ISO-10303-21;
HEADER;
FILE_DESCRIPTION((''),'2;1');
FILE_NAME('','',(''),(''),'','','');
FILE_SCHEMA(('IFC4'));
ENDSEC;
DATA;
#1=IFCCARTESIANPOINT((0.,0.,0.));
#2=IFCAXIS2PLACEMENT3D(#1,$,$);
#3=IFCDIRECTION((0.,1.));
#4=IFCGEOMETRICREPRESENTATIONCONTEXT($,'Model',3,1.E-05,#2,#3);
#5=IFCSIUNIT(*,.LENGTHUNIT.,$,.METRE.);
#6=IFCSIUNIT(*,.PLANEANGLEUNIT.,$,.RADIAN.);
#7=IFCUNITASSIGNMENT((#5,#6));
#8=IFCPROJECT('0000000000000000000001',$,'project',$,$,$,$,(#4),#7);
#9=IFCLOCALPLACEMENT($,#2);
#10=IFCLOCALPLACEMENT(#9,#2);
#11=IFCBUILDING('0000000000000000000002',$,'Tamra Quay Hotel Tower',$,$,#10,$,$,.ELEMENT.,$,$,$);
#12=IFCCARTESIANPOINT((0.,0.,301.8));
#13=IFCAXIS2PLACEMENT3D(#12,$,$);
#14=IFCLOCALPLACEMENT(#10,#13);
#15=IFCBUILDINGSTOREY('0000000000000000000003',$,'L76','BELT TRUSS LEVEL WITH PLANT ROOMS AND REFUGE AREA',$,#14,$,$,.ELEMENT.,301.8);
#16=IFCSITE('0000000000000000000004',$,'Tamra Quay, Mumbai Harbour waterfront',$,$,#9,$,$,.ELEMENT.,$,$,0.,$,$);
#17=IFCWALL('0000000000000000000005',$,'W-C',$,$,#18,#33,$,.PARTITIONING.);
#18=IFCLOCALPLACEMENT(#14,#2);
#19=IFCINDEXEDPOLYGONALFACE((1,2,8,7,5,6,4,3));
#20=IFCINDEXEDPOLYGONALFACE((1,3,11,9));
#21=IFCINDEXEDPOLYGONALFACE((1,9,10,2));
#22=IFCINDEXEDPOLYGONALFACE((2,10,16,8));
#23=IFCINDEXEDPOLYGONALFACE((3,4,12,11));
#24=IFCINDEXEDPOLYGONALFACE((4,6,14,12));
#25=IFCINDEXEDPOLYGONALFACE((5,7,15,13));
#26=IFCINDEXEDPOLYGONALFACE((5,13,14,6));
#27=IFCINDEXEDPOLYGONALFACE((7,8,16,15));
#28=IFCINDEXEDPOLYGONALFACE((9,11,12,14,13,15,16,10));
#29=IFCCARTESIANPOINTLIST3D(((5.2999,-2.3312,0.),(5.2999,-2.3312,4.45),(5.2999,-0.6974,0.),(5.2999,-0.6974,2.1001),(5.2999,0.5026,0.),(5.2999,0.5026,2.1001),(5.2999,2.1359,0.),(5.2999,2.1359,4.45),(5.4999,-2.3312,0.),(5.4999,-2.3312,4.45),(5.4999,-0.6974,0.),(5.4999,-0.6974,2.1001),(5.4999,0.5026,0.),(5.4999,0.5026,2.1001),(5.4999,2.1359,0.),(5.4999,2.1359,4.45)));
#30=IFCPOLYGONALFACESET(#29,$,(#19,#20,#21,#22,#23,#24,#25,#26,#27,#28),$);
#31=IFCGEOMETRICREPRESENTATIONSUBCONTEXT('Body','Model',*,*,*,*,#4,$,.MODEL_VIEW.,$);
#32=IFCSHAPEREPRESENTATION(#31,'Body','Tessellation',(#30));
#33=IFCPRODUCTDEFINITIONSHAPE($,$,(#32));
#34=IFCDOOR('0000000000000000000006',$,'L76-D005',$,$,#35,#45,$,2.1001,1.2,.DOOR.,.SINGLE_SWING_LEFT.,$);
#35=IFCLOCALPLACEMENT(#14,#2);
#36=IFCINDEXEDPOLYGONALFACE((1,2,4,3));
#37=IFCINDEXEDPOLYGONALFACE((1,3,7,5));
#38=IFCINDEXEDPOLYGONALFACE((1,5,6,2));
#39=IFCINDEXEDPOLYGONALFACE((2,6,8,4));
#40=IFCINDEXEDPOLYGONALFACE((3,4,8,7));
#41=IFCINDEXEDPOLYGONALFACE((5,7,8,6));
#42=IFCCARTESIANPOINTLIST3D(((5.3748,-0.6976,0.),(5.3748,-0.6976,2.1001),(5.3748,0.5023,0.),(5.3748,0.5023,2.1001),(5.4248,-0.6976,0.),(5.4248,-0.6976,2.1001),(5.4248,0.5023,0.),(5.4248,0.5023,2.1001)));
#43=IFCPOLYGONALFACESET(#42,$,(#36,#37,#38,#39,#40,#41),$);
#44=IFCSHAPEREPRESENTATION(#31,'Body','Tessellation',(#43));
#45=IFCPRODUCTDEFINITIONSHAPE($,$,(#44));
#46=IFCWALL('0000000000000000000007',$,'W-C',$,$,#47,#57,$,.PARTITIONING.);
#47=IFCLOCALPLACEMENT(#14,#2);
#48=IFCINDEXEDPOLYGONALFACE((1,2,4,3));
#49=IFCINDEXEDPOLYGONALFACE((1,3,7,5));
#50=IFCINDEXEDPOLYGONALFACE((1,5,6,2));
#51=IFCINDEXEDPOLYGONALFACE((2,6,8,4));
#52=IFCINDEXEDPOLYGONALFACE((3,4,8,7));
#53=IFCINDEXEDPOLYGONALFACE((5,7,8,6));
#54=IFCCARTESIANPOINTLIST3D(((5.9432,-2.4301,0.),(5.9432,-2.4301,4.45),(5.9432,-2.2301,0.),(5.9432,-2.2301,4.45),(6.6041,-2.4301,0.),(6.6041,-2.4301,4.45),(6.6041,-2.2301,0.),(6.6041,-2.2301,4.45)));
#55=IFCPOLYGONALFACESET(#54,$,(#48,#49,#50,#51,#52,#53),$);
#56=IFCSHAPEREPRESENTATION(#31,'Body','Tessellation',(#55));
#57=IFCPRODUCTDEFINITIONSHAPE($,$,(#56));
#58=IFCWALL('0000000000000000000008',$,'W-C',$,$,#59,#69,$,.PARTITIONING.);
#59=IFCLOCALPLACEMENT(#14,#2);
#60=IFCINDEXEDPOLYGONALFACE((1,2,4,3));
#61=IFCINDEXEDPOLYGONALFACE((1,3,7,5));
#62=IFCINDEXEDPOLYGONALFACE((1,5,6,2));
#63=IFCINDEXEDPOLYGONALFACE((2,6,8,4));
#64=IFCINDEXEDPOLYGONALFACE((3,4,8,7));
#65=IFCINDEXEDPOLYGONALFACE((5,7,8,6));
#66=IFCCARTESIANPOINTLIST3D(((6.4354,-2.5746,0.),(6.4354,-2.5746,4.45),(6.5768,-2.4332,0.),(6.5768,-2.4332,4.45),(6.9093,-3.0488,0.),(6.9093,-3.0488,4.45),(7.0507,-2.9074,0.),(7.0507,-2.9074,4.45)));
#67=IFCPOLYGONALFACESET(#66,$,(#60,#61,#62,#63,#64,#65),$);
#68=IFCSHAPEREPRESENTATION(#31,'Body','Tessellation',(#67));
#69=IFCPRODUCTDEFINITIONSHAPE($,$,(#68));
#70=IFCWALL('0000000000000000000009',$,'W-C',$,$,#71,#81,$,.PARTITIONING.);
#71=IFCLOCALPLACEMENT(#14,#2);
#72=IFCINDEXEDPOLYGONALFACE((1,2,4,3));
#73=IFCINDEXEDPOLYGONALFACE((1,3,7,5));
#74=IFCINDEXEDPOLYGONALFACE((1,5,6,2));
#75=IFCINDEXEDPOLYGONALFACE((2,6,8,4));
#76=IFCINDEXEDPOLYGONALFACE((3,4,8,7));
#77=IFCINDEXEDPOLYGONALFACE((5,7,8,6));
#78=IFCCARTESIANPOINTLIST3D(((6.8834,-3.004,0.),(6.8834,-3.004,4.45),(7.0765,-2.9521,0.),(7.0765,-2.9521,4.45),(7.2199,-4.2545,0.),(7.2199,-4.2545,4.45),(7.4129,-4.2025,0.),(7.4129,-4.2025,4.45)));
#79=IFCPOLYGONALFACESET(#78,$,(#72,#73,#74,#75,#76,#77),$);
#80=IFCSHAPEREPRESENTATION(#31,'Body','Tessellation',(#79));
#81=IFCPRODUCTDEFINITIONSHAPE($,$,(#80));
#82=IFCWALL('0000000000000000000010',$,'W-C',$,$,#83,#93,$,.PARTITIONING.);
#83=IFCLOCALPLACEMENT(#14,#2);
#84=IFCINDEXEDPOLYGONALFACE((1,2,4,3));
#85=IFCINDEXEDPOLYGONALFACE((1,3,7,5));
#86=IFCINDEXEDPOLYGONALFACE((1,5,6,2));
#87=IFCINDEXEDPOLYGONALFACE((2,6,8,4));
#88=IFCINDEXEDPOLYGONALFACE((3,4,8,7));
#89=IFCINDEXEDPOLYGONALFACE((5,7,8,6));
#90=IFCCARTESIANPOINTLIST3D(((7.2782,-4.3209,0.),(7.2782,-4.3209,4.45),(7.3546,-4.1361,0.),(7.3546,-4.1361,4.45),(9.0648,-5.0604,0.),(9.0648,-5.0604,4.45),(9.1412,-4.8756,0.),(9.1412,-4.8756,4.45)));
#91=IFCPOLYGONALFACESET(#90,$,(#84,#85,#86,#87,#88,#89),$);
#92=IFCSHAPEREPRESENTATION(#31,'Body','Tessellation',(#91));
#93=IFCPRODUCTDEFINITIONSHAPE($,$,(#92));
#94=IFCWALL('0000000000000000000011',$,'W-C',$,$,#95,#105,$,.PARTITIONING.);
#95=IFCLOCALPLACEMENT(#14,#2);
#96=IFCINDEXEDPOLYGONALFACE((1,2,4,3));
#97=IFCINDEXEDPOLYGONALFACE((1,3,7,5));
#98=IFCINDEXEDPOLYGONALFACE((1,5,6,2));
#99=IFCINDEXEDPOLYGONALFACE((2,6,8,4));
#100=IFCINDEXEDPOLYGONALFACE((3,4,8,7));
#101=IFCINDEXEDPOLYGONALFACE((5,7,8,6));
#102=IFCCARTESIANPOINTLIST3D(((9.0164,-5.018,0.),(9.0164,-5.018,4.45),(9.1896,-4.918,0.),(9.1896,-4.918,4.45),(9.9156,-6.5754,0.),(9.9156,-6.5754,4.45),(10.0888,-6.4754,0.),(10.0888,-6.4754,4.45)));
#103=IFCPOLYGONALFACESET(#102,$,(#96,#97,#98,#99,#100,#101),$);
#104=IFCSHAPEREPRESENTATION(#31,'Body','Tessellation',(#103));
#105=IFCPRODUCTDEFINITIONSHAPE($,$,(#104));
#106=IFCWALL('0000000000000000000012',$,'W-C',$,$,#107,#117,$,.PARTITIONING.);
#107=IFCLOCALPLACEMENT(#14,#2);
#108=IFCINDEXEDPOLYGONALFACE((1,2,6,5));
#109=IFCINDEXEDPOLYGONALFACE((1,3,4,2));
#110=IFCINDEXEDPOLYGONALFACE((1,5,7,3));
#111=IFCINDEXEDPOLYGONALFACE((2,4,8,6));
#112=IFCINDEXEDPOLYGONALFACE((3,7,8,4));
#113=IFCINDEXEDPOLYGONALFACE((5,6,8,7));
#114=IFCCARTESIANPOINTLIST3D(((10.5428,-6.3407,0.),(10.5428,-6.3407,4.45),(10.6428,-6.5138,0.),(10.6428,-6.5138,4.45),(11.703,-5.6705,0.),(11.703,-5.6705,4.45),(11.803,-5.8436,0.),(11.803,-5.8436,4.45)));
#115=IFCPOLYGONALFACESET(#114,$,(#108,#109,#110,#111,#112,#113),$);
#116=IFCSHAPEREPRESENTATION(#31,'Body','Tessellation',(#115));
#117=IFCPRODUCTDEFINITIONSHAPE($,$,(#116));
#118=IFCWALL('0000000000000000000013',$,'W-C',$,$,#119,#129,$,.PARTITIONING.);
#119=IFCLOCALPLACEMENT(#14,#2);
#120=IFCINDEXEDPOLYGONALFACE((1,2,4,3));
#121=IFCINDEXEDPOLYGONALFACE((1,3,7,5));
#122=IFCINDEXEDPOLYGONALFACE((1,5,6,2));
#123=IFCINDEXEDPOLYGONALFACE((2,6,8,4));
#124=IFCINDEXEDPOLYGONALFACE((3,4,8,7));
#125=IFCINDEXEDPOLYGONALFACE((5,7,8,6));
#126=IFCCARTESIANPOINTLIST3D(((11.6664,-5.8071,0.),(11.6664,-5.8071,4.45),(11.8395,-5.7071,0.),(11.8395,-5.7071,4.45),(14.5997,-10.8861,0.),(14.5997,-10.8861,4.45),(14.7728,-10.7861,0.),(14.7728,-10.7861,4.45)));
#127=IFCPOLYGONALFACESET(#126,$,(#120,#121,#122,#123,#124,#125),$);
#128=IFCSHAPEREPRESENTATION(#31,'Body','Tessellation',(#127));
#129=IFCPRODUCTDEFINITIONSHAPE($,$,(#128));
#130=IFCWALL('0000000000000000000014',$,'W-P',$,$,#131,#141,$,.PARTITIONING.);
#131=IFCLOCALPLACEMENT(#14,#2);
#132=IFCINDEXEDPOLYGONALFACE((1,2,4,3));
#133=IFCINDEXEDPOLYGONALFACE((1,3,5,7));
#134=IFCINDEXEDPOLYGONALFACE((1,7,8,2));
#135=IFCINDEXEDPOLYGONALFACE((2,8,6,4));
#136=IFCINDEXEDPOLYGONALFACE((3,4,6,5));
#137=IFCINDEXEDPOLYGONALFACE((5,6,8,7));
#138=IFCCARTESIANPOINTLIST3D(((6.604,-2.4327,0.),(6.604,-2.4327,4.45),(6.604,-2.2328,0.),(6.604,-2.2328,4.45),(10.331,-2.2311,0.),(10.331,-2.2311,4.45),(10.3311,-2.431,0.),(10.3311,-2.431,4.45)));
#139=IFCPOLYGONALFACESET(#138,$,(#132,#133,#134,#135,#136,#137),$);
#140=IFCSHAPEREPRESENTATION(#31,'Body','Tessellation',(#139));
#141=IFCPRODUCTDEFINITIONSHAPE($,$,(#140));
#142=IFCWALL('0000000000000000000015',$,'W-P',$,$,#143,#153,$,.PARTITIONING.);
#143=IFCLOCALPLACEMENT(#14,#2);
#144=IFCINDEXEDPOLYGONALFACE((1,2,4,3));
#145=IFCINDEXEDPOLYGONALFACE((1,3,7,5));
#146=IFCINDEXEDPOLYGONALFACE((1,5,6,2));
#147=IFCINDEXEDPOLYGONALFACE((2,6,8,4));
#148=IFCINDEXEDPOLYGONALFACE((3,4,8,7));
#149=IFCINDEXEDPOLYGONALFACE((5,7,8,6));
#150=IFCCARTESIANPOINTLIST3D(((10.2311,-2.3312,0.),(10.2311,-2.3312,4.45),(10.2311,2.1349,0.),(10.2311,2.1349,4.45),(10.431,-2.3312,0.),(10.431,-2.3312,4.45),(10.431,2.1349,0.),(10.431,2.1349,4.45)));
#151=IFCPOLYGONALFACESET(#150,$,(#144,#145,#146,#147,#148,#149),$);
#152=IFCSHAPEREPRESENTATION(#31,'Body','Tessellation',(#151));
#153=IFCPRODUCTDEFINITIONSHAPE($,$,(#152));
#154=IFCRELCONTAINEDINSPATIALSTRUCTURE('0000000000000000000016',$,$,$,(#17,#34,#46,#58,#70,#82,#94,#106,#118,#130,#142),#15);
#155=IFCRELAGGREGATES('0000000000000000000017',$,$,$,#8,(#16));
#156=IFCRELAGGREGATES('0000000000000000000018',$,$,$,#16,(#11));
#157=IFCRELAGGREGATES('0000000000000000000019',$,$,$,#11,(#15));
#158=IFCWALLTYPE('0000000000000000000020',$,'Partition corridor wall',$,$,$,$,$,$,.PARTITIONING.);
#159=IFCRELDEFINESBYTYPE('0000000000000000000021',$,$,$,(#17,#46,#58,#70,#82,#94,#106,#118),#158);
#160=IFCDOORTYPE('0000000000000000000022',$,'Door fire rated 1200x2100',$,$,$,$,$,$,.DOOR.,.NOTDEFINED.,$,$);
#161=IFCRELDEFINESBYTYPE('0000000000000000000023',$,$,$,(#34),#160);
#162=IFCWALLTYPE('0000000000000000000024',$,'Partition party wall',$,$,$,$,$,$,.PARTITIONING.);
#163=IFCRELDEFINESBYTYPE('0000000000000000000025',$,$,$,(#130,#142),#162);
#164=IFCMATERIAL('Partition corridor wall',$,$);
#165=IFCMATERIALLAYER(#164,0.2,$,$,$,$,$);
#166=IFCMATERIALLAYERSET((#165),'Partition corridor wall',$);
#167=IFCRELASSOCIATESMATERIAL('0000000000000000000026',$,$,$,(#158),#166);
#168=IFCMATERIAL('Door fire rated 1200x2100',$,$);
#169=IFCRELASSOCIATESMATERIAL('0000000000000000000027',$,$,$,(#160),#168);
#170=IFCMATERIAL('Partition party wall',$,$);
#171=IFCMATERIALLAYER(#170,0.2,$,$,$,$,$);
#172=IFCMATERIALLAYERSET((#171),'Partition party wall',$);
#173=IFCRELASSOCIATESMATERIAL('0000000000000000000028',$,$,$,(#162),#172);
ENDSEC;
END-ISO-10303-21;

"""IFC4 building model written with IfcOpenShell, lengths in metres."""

from ifc_helpers import new_model, si_unit, direction, frame, frame_2d, origin, place, context, subcontext, project, spatial, rectangle, extrude, material, layer, layer_set, type_object, element, fill, save


model = new_model("IFC4")

# Units and contexts
model_context = context("Model", 3, precision=1e-05, world=origin(), true_north=direction((0.0, 1.0)))
body_context = subcontext(model_context, "Body", "Model", "MODEL_VIEW")
ifc_project = project(units=[si_unit("LENGTHUNIT", "METRE"), si_unit("PLANEANGLEUNIT", "RADIAN")], contexts=[model_context])

# Site, building, storey
site_placement = place(None, origin())
site = spatial("IfcSite", under=ifc_project, at=site_placement, Name="Tamra Quay, Mumbai Harbour waterfront", CompositionType="ELEMENT", RefElevation=0.0)
building_placement = place(site_placement, origin())
building = spatial("IfcBuilding", under=site, at=building_placement, Name="Tamra Quay Hotel Tower", CompositionType="ELEMENT")
storey_placement = place(building_placement, frame((0.0, 0.0, 301.8)))
storey = spatial("IfcBuildingStorey", under=building, at=storey_placement, Name="L76", Description="BELT TRUSS LEVEL WITH PLANT ROOMS AND REFUGE AREA", CompositionType="ELEMENT", Elevation=301.8)

# Wall, opening, door
ifc_material_1 = material(Name="Partition corridor wall")
ifc_layer_1 = layer(ifc_material_1, 0.2)
ifc_layer_set_1 = layer_set([ifc_layer_1], Name="Partition corridor wall")
wall_type_1 = type_object("IfcWallType", Name="Partition corridor wall", PredefinedType="PARTITIONING", material=ifc_layer_set_1)
wall_1_placement = place(storey_placement, frame((5.3999, -2.3311, 0.0), z_axis=(0.0, 0.0, 1.0), x_axis=(0.0, 1.0, 0.0)))
wall_1 = element("IfcWall", 1, at=wall_1_placement, inside=storey, type_object=wall_type_1, Name="W-C", PredefinedType="PARTITIONING", context=body_context, shape_type="SweptSolid", body=[
    extrude(rectangle(XDim=4.467, YDim=0.2, at=frame_2d((2.2334, 0.0))), origin(), (0.0, 0.0, 1.0), 4.45),
])
opening_1_placement = place(wall_1_placement, frame((1.6335, 0.0, 0.0)))
opening_1 = element("IfcOpeningElement", 2, at=opening_1_placement, cuts=wall_1, PredefinedType="OPENING", context=body_context, shape_type="SweptSolid", body=[
    extrude(rectangle(XDim=1.2, YDim=2.1001, at=frame_2d((0.6001, 1.05))), frame((0.0, 0.1099, 0.0), z_axis=(0.0, -1.0, 0.0), x_axis=(1.0, 0.0, 0.0)), (0.0, 0.0, 1.0), 0.22),
])
ifc_material_2 = material(Name="Door fire rated 1200x2100")
door_type_1 = type_object("IfcDoorType", Name="Door fire rated 1200x2100", OperationType="NOTDEFINED", PredefinedType="DOOR", material=ifc_material_2)
door_1_placement = place(opening_1_placement, frame((1.2, 0.0, 0.0), z_axis=(0.0, 0.0, 1.0), x_axis=(-1.0, 0.0, 0.0)))
door_1 = element("IfcDoor", 3, at=door_1_placement, inside=storey, type_object=door_type_1, Name="L76-D005", OperationType="SINGLE_SWING_LEFT", OverallHeight=2.1001, OverallWidth=1.2, PredefinedType="DOOR", context=body_context, shape_type="SweptSolid", body=[
    extrude(rectangle(XDim=1.2, YDim=2.1001, at=frame_2d((0.6001, 1.05))), frame((0.0, 0.0249, 0.0), z_axis=(0.0, -1.0, 0.0), x_axis=(1.0, 0.0, 0.0)), (0.0, 0.0, 1.0), 0.05),
])
fill(opening_1, door_1)

# Walls
wall_2_placement = place(storey_placement, frame((5.9431, -2.3301, 0.0), z_axis=(0.0, 0.0, 1.0), x_axis=(1.0, 0.0, 0.0)))
element("IfcWall", 4, at=wall_2_placement, inside=storey, type_object=wall_type_1, Name="W-C", PredefinedType="PARTITIONING", context=body_context, shape_type="SweptSolid", body=[
    extrude(rectangle(XDim=0.6609, YDim=0.2, at=frame_2d((0.3306, 0.0))), origin(), (0.0, 0.0, 1.0), 4.45),
])
wall_3_placement = place(storey_placement, frame((6.5061, -2.5039, 0.0), z_axis=(0.0, 0.0, 1.0), x_axis=(0.706925, -0.707289, 0.0)))
element("IfcWall", 5, at=wall_3_placement, inside=storey, type_object=wall_type_1, Name="W-C", PredefinedType="PARTITIONING", context=body_context, shape_type="SweptSolid", body=[
    extrude(rectangle(XDim=0.6704, YDim=0.2, at=frame_2d((0.3352, 0.0))), origin(), (0.0, 0.0, 1.0), 4.45),
])
wall_4_placement = place(storey_placement, frame((6.98, -2.978, 0.0), z_axis=(0.0, 0.0, 1.0), x_axis=(0.259798, -0.965663, 0.0)))
element("IfcWall", 6, at=wall_4_placement, inside=storey, type_object=wall_type_1, Name="W-C", PredefinedType="PARTITIONING", context=body_context, shape_type="SweptSolid", body=[
    extrude(rectangle(XDim=1.2949, YDim=0.2, at=frame_2d((0.6475, 0.0))), origin(), (0.0, 0.0, 1.0), 4.45),
])
wall_5_placement = place(storey_placement, frame((7.3164, -4.2285, 0.0), z_axis=(0.0, 0.0, 1.0), x_axis=(0.923978, -0.382445, 0.0)))
element("IfcWall", 7, at=wall_5_placement, inside=storey, type_object=wall_type_1, Name="W-C", PredefinedType="PARTITIONING", context=body_context, shape_type="SweptSolid", body=[
    extrude(rectangle(XDim=1.9336, YDim=0.2, at=frame_2d((0.9668, 0.0))), origin(), (0.0, 0.0, 1.0), 4.45),
])
wall_6_placement = place(storey_placement, frame((9.103, -4.968, 0.0), z_axis=(0.0, 0.0, 1.0), x_axis=(0.500008, -0.866021, 0.0)))
element("IfcWall", 8, at=wall_6_placement, inside=storey, type_object=wall_type_1, Name="W-C", PredefinedType="PARTITIONING", context=body_context, shape_type="SweptSolid", body=[
    extrude(rectangle(XDim=1.7983, YDim=0.2, at=frame_2d((0.8992, 0.0))), origin(), (0.0, 0.0, 1.0), 4.45),
])
wall_7_placement = place(storey_placement, frame((10.5928, -6.4272, 0.0), z_axis=(0.0, 0.0, 1.0), x_axis=(0.865912, 0.500196, 0.0)))
element("IfcWall", 9, at=wall_7_placement, inside=storey, type_object=wall_type_1, Name="W-C", PredefinedType="PARTITIONING", context=body_context, shape_type="SweptSolid", body=[
    extrude(rectangle(XDim=1.3398, YDim=0.2, at=frame_2d((0.6699, 0.0))), origin(), (0.0, 0.0, 1.0), 4.45),
])
wall_8_placement = place(storey_placement, frame((11.7529, -5.7571, 0.0), z_axis=(0.0, 0.0, 1.0), x_axis=(0.500119, -0.865957, 0.0)))
element("IfcWall", 10, at=wall_8_placement, inside=storey, type_object=wall_type_1, Name="W-C", PredefinedType="PARTITIONING", context=body_context, shape_type="SweptSolid", body=[
    extrude(rectangle(XDim=5.8652, YDim=0.2, at=frame_2d((2.9326, 0.0))), origin(), (0.0, 0.0, 1.0), 4.45),
])
ifc_material_3 = material(Name="Partition party wall")
ifc_layer_2 = layer(ifc_material_3, 0.2)
ifc_layer_set_2 = layer_set([ifc_layer_2], Name="Partition party wall")
wall_type_2 = type_object("IfcWallType", Name="Partition party wall", PredefinedType="PARTITIONING", material=ifc_layer_set_2)
wall_9_placement = place(storey_placement, frame((6.604, -2.3328, 0.0), z_axis=(0.0, 0.0, 1.0), x_axis=(1.0, 0.000459, 0.0)))
element("IfcWall", 11, at=wall_9_placement, inside=storey, type_object=wall_type_2, Name="W-P", PredefinedType="PARTITIONING", context=body_context, shape_type="SweptSolid", body=[
    extrude(rectangle(XDim=3.7271, YDim=0.2, at=frame_2d((1.8635, 0.0))), origin(), (0.0, 0.0, 1.0), 4.45),
])
wall_10_placement = place(storey_placement, frame((10.3311, -2.3311, 0.0), z_axis=(0.0, 0.0, 1.0), x_axis=(0.0, 1.0, 0.0)))
element("IfcWall", 12, at=wall_10_placement, inside=storey, type_object=wall_type_2, Name="W-P", PredefinedType="PARTITIONING", context=body_context, shape_type="SweptSolid", body=[
    extrude(rectangle(XDim=4.4661, YDim=0.2, at=frame_2d((2.2329, 0.0))), origin(), (0.0, 0.0, 1.0), 4.45),
])

save(model, "model.ifc")
